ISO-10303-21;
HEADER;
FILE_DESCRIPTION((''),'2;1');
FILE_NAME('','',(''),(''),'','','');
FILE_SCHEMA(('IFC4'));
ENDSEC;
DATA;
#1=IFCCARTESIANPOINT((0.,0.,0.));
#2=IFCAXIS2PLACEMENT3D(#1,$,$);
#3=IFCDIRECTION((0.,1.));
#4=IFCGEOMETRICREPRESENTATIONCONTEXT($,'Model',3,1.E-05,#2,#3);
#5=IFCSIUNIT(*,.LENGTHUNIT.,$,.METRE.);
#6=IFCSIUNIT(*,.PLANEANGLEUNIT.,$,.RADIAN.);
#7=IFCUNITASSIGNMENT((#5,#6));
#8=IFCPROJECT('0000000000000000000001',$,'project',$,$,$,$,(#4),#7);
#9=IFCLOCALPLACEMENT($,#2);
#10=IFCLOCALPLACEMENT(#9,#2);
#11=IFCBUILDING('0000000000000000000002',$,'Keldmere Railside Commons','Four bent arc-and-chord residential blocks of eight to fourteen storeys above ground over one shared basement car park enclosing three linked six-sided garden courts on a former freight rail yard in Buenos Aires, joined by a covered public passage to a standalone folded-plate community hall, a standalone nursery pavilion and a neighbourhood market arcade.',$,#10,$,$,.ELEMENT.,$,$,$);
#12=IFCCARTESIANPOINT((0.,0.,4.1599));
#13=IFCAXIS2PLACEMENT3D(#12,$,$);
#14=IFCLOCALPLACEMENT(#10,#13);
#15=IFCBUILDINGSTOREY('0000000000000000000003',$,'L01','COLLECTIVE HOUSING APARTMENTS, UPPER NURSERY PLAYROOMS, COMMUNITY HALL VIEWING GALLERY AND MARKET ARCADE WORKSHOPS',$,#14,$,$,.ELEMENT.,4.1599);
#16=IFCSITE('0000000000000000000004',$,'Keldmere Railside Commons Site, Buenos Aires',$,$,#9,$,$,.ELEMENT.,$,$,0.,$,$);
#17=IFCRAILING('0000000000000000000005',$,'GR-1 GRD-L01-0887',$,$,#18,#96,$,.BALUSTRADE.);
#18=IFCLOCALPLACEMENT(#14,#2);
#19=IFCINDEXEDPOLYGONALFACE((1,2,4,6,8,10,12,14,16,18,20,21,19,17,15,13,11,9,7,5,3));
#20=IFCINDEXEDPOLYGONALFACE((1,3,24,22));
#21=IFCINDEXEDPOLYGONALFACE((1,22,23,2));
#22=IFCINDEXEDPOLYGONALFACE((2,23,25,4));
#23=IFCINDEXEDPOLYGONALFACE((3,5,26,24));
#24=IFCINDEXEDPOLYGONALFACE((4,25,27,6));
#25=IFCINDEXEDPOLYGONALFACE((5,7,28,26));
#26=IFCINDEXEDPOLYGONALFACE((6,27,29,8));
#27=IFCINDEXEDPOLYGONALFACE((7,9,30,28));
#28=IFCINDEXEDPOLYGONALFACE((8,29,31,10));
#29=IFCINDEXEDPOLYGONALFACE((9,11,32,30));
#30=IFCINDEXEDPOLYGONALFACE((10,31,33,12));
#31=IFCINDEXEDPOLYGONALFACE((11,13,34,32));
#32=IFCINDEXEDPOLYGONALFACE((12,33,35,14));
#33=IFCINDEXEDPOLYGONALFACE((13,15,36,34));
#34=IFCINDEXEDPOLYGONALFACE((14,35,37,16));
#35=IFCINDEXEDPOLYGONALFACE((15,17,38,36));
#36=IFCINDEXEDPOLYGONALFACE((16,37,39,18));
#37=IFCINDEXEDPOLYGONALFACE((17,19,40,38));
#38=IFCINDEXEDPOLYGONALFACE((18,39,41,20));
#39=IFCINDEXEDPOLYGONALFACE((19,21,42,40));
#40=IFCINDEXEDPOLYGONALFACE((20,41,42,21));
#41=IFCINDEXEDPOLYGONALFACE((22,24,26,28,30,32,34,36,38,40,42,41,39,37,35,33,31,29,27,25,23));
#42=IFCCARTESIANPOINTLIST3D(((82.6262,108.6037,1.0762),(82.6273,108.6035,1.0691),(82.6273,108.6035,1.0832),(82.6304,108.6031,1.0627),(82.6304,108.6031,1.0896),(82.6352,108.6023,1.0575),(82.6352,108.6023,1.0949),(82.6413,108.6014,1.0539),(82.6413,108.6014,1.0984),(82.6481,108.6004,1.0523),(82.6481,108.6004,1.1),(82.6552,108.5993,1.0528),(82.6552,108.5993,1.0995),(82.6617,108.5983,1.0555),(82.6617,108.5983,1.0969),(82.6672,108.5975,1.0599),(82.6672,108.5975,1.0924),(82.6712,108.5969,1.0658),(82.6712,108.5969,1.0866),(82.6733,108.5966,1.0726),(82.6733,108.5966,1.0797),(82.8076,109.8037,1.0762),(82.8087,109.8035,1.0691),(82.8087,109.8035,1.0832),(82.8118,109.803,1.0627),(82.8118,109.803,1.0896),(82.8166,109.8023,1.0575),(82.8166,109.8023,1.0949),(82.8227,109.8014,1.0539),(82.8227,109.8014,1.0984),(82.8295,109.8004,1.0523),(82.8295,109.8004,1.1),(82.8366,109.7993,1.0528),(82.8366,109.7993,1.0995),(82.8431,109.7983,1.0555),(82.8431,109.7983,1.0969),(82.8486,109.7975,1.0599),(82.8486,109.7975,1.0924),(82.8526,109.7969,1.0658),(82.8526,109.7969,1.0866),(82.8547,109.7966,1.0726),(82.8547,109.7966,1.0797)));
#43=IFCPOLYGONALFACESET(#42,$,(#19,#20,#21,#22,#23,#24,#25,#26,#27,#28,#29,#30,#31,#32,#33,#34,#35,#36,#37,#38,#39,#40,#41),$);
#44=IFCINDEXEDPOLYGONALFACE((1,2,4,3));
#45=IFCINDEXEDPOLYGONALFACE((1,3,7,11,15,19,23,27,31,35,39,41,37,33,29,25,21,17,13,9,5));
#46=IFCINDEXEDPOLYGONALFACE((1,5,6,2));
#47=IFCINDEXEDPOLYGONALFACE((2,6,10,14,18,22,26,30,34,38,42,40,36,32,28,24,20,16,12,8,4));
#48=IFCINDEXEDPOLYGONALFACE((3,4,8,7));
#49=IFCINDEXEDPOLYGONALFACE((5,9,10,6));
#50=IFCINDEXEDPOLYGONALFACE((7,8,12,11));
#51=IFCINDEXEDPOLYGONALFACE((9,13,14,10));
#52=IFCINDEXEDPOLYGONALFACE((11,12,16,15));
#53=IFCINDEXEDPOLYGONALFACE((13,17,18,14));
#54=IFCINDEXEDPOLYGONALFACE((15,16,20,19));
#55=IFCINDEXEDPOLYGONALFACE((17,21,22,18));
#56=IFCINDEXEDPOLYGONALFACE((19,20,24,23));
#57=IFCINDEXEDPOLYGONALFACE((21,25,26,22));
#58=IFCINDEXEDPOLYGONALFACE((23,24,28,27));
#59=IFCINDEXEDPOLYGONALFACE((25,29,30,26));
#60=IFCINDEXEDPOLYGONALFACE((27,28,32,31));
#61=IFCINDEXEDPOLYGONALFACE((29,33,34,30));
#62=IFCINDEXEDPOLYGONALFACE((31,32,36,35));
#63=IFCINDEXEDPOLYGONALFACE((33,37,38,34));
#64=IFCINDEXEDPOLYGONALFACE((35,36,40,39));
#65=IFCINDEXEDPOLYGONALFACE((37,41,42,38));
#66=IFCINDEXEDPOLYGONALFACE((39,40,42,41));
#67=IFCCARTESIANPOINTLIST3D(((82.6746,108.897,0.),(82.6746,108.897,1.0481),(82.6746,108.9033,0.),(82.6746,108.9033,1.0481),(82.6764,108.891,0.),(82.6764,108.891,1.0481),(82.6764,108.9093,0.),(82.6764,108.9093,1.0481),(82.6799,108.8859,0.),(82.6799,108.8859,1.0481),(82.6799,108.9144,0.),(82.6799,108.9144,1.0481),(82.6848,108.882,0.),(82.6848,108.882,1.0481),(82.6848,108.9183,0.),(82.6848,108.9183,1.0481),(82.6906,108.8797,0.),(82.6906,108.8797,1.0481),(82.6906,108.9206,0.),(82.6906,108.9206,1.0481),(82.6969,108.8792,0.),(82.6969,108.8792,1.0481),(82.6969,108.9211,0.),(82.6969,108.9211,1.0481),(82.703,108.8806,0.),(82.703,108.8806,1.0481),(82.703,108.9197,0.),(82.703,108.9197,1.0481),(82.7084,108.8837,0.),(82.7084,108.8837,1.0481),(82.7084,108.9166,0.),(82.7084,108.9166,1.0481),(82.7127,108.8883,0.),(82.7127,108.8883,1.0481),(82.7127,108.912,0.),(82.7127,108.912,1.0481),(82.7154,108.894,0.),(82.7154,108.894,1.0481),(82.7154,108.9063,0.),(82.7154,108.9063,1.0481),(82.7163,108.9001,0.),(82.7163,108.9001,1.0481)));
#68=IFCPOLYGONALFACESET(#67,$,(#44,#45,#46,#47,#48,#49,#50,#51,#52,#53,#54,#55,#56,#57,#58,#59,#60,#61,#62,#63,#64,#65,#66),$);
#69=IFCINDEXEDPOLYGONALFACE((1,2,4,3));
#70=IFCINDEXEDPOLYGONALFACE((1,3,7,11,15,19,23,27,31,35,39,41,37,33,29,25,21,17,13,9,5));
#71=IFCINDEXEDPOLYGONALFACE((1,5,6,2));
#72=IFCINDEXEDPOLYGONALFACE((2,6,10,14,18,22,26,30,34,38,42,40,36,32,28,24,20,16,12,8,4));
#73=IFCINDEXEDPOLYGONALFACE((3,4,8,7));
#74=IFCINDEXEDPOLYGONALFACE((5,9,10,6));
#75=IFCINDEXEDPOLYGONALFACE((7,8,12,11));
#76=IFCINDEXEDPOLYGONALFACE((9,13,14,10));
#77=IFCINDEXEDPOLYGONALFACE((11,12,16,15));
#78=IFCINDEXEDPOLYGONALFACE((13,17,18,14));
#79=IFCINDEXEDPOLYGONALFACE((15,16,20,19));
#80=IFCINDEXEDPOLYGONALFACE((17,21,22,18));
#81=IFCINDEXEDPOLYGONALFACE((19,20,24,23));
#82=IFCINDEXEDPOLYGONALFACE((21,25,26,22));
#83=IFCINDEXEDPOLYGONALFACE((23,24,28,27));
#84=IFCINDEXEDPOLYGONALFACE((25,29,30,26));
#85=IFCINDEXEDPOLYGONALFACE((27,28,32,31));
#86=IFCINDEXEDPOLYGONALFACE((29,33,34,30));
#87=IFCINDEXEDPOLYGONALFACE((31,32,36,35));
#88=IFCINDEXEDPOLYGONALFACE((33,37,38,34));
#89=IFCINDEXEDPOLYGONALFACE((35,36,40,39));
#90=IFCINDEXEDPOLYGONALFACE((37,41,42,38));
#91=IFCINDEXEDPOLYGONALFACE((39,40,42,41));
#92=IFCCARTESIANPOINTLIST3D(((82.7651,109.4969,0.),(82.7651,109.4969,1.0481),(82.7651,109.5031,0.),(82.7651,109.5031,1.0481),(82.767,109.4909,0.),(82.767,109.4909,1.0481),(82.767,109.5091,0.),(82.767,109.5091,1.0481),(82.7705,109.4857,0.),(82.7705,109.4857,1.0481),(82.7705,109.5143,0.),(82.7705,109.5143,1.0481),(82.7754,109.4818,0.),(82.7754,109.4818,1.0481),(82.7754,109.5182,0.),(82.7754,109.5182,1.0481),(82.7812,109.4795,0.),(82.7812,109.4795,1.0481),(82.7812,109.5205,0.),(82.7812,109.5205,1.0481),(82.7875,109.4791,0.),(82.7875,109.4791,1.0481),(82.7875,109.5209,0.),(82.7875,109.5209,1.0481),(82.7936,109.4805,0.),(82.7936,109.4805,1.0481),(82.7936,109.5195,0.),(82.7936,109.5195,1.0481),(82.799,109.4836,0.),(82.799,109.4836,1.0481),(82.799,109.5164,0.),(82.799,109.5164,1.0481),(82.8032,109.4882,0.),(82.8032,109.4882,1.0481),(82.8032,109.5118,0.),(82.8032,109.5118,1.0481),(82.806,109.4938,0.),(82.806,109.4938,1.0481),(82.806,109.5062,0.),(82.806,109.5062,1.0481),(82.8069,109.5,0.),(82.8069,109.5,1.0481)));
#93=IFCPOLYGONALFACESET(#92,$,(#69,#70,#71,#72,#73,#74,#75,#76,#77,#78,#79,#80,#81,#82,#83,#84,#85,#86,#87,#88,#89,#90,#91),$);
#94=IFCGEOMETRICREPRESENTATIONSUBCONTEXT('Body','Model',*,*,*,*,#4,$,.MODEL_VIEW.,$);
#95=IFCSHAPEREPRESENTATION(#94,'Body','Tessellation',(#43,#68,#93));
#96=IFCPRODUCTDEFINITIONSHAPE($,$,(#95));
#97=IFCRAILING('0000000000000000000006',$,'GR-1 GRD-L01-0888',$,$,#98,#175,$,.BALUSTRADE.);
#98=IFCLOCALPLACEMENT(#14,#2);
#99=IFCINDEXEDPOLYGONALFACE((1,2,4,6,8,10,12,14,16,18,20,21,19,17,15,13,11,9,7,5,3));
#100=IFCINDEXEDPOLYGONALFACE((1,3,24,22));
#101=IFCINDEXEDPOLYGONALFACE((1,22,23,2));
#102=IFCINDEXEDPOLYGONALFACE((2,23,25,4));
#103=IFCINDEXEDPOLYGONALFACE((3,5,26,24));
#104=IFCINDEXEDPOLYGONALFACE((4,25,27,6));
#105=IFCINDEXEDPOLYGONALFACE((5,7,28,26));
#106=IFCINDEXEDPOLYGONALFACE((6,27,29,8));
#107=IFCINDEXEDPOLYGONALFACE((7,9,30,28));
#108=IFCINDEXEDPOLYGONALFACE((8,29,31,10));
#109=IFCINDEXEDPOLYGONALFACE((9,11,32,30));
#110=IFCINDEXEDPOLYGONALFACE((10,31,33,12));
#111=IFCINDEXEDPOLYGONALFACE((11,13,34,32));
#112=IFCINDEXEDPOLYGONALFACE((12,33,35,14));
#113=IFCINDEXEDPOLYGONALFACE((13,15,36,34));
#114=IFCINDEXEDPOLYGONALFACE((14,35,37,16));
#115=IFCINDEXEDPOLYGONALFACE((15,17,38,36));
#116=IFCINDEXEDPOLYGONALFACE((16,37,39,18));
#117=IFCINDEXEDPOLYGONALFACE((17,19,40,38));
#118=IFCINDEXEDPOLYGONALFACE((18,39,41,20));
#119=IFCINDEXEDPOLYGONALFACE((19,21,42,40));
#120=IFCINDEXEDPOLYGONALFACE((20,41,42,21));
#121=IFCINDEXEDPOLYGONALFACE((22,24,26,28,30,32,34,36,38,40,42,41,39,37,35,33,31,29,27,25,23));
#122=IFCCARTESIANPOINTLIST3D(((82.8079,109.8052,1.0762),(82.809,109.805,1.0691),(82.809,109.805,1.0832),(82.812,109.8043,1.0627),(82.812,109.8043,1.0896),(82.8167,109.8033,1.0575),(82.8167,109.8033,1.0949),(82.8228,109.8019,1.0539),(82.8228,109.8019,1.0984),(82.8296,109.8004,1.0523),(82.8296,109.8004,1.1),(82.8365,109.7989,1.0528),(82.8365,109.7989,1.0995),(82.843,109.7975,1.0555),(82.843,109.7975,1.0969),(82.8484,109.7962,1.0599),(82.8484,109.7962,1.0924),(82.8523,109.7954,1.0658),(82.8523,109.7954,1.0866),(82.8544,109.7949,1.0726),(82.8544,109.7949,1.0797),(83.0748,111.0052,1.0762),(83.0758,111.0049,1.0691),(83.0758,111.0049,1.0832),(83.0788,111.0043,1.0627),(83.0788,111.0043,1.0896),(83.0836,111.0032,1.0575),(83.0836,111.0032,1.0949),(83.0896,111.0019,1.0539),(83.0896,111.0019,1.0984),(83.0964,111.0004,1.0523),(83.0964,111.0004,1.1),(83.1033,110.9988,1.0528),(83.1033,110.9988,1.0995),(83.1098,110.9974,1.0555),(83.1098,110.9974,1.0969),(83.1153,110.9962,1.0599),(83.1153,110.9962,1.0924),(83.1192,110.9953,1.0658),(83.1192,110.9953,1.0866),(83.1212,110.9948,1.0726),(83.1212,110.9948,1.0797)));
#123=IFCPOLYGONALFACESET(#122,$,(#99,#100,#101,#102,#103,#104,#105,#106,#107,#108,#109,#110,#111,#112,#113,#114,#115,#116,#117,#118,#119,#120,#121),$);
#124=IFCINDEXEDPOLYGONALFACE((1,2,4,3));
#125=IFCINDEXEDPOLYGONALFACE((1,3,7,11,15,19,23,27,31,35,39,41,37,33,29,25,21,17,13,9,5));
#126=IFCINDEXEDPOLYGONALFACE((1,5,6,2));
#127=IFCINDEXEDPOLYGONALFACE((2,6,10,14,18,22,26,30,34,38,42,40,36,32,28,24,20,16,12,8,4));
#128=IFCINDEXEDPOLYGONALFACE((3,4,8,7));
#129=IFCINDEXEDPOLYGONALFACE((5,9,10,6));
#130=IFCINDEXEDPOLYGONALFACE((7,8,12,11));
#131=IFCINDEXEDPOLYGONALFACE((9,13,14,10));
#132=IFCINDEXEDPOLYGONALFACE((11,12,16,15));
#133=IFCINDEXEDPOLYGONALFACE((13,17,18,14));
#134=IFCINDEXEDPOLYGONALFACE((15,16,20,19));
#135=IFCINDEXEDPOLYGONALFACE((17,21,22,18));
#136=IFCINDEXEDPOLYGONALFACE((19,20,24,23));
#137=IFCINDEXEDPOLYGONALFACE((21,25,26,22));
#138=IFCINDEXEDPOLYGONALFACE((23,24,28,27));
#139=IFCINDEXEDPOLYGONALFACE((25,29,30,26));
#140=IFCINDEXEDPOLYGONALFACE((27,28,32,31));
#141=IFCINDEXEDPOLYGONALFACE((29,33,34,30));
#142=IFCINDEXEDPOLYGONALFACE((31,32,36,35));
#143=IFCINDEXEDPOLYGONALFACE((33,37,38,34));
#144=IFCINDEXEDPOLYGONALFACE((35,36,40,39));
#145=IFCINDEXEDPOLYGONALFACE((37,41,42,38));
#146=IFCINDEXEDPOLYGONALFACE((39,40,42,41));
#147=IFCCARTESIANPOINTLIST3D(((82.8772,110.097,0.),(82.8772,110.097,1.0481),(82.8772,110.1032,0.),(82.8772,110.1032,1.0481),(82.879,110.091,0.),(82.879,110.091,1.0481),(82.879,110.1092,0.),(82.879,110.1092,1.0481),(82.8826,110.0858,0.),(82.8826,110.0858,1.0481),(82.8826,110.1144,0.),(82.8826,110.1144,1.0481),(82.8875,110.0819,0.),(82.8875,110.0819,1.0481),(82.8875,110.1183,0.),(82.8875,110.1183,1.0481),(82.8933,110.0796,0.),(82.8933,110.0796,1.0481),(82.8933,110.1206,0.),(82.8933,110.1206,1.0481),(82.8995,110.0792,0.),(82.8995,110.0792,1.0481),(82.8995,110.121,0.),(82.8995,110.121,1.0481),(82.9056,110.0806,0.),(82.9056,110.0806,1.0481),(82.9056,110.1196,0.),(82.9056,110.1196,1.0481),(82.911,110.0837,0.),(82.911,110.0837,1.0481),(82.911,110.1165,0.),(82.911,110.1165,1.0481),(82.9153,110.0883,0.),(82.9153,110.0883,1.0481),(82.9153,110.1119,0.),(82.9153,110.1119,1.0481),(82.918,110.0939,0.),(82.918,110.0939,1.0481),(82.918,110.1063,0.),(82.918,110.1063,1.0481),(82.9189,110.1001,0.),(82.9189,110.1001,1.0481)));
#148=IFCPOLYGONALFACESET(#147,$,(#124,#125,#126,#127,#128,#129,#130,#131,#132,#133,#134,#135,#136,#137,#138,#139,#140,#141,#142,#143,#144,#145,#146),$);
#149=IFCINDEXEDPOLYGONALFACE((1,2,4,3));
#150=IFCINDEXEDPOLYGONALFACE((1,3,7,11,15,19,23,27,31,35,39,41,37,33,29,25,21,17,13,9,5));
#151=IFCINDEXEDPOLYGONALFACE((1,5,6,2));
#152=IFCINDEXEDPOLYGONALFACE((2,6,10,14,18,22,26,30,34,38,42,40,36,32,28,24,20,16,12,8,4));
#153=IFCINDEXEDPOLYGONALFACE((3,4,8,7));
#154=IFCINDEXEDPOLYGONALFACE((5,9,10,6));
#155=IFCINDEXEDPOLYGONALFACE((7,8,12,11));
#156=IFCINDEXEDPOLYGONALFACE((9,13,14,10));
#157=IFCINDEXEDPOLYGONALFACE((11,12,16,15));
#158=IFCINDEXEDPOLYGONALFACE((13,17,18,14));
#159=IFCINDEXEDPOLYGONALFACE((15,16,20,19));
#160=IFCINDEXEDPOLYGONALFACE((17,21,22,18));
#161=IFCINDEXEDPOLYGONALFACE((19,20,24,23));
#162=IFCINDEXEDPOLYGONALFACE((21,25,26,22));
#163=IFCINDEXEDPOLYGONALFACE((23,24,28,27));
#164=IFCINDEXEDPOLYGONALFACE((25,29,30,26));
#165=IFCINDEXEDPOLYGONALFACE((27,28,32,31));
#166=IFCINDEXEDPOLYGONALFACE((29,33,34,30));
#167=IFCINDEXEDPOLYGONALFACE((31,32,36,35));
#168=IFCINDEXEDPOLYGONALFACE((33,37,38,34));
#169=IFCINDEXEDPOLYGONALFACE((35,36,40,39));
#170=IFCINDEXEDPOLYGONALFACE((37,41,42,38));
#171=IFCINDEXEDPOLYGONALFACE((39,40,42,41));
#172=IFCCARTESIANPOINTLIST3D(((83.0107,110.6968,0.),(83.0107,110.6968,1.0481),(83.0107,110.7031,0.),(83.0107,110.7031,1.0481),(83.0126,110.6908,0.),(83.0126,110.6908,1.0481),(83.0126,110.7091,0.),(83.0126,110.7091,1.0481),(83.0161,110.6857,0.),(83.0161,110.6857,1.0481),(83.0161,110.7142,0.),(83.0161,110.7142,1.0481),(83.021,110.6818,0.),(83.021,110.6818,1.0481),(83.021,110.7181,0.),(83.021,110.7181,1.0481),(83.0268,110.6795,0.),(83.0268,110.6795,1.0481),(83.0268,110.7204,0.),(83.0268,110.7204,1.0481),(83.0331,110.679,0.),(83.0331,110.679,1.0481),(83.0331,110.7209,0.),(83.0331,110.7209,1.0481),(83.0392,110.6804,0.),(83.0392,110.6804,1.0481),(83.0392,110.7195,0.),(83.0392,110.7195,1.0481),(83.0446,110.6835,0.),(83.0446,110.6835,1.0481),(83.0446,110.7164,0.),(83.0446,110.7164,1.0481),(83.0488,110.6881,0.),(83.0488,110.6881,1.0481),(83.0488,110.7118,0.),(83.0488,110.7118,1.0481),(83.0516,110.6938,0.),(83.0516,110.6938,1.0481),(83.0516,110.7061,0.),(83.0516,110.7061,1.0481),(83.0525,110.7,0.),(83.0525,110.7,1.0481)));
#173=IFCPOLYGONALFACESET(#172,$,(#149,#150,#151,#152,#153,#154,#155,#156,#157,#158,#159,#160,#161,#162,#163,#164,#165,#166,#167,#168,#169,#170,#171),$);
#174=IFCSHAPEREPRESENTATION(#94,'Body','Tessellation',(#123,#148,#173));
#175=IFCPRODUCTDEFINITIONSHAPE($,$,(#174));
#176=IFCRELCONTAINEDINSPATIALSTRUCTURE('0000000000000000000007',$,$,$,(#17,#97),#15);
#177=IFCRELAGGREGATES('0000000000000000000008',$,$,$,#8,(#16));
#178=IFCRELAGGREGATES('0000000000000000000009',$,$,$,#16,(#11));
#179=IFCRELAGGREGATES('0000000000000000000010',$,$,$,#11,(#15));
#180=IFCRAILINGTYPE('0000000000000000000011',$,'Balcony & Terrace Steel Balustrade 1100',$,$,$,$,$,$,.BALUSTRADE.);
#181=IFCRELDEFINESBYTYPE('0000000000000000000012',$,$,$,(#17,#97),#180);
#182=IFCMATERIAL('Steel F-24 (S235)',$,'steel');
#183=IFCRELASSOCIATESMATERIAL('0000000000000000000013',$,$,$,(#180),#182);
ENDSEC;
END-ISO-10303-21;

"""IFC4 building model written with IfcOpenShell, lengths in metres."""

from ifc_helpers import new_model, si_unit, direction, frame, origin, origin_2d, place, context, subcontext, project, spatial, circle, extrude, material, type_object, element, save


model = new_model("IFC4")

# Units and contexts
model_context = context("Model", 3, precision=1e-05, world=origin(), true_north=direction((0.0, 1.0)))
body_context = subcontext(model_context, "Body", "Model", "MODEL_VIEW")
ifc_project = project(units=[si_unit("LENGTHUNIT", "METRE"), si_unit("PLANEANGLEUNIT", "RADIAN")], contexts=[model_context])

# Site, building, storey
site_placement = place(None, origin())
site = spatial("IfcSite", under=ifc_project, at=site_placement, Name="Keldmere Railside Commons Site, Buenos Aires", CompositionType="ELEMENT", RefElevation=0.0)
building_placement = place(site_placement, origin())
building = spatial("IfcBuilding", under=site, at=building_placement, Name="Keldmere Railside Commons", Description="Four bent arc-and-chord residential blocks of eight to fourteen storeys above ground over one shared basement car park enclosing three linked six-sided garden courts on a former freight rail yard in Buenos Aires, joined by a covered public passage to a standalone folded-plate community hall, a standalone nursery pavilion and a neighbourhood market arcade.", CompositionType="ELEMENT")
storey_placement = place(building_placement, frame((0.0, 0.0, 4.1599)))
storey = spatial("IfcBuildingStorey", under=building, at=storey_placement, Name="L01", Description="COLLECTIVE HOUSING APARTMENTS, UPPER NURSERY PLAYROOMS, COMMUNITY HALL VIEWING GALLERY AND MARKET ARCADE WORKSHOPS", CompositionType="ELEMENT", Elevation=4.1599)

# Shared definitions
ifc_material_1 = material(Name="Steel F-24 (S235)", Category="steel")

# Railings
railing_type = type_object("IfcRailingType", Name="Balcony & Terrace Steel Balustrade 1100", PredefinedType="BALUSTRADE", material=ifc_material_1)
railing_1_placement = place(storey_placement, frame((82.6499, 108.6001, 0.0)))
element("IfcRailing", 1, at=railing_1_placement, inside=storey, type_object=railing_type, Name="GR-1 GRD-L01-0887", PredefinedType="BALUSTRADE", context=body_context, shape_type="SweptSolid", body=[
    extrude(circle(Radius=0.0239, at=origin_2d()), frame((0.0, 0.0, 1.0762), z_axis=(0.149472, 0.988766, 0.0), x_axis=(-0.988766, 0.149472, 0.0)), (0.0, 0.0, 1.0), 1.2136),
    extrude(circle(Radius=0.021, at=origin_2d()), frame((0.0454, 0.3, 0.0)), (0.0, 0.0, 1.0), 1.0481),
    extrude(circle(Radius=0.021, at=origin_2d()), frame((0.136, 0.8999, 0.0)), (0.0, 0.0, 1.0), 1.0481),
])
railing_2_placement = place(storey_placement, frame((82.8313, 109.8, 0.0)))
element("IfcRailing", 2, at=railing_2_placement, inside=storey, type_object=railing_type, Name="GR-1 GRD-L01-0888", PredefinedType="BALUSTRADE", context=body_context, shape_type="SweptSolid", body=[
    extrude(circle(Radius=0.0239, at=origin_2d()), frame((0.0, 0.0, 1.0762), z_axis=(0.217078, 0.976154, 0.0), x_axis=(-0.976154, 0.217078, 0.0)), (0.0, 0.0, 1.0), 1.2292),
    extrude(circle(Radius=0.021, at=origin_2d()), frame((0.0667, 0.3, 0.0)), (0.0, 0.0, 1.0), 1.0481),
    extrude(circle(Radius=0.021, at=origin_2d()), frame((0.2002, 0.8999, 0.0)), (0.0, 0.0, 1.0), 1.0481),
])

save(model, "model.ifc")
